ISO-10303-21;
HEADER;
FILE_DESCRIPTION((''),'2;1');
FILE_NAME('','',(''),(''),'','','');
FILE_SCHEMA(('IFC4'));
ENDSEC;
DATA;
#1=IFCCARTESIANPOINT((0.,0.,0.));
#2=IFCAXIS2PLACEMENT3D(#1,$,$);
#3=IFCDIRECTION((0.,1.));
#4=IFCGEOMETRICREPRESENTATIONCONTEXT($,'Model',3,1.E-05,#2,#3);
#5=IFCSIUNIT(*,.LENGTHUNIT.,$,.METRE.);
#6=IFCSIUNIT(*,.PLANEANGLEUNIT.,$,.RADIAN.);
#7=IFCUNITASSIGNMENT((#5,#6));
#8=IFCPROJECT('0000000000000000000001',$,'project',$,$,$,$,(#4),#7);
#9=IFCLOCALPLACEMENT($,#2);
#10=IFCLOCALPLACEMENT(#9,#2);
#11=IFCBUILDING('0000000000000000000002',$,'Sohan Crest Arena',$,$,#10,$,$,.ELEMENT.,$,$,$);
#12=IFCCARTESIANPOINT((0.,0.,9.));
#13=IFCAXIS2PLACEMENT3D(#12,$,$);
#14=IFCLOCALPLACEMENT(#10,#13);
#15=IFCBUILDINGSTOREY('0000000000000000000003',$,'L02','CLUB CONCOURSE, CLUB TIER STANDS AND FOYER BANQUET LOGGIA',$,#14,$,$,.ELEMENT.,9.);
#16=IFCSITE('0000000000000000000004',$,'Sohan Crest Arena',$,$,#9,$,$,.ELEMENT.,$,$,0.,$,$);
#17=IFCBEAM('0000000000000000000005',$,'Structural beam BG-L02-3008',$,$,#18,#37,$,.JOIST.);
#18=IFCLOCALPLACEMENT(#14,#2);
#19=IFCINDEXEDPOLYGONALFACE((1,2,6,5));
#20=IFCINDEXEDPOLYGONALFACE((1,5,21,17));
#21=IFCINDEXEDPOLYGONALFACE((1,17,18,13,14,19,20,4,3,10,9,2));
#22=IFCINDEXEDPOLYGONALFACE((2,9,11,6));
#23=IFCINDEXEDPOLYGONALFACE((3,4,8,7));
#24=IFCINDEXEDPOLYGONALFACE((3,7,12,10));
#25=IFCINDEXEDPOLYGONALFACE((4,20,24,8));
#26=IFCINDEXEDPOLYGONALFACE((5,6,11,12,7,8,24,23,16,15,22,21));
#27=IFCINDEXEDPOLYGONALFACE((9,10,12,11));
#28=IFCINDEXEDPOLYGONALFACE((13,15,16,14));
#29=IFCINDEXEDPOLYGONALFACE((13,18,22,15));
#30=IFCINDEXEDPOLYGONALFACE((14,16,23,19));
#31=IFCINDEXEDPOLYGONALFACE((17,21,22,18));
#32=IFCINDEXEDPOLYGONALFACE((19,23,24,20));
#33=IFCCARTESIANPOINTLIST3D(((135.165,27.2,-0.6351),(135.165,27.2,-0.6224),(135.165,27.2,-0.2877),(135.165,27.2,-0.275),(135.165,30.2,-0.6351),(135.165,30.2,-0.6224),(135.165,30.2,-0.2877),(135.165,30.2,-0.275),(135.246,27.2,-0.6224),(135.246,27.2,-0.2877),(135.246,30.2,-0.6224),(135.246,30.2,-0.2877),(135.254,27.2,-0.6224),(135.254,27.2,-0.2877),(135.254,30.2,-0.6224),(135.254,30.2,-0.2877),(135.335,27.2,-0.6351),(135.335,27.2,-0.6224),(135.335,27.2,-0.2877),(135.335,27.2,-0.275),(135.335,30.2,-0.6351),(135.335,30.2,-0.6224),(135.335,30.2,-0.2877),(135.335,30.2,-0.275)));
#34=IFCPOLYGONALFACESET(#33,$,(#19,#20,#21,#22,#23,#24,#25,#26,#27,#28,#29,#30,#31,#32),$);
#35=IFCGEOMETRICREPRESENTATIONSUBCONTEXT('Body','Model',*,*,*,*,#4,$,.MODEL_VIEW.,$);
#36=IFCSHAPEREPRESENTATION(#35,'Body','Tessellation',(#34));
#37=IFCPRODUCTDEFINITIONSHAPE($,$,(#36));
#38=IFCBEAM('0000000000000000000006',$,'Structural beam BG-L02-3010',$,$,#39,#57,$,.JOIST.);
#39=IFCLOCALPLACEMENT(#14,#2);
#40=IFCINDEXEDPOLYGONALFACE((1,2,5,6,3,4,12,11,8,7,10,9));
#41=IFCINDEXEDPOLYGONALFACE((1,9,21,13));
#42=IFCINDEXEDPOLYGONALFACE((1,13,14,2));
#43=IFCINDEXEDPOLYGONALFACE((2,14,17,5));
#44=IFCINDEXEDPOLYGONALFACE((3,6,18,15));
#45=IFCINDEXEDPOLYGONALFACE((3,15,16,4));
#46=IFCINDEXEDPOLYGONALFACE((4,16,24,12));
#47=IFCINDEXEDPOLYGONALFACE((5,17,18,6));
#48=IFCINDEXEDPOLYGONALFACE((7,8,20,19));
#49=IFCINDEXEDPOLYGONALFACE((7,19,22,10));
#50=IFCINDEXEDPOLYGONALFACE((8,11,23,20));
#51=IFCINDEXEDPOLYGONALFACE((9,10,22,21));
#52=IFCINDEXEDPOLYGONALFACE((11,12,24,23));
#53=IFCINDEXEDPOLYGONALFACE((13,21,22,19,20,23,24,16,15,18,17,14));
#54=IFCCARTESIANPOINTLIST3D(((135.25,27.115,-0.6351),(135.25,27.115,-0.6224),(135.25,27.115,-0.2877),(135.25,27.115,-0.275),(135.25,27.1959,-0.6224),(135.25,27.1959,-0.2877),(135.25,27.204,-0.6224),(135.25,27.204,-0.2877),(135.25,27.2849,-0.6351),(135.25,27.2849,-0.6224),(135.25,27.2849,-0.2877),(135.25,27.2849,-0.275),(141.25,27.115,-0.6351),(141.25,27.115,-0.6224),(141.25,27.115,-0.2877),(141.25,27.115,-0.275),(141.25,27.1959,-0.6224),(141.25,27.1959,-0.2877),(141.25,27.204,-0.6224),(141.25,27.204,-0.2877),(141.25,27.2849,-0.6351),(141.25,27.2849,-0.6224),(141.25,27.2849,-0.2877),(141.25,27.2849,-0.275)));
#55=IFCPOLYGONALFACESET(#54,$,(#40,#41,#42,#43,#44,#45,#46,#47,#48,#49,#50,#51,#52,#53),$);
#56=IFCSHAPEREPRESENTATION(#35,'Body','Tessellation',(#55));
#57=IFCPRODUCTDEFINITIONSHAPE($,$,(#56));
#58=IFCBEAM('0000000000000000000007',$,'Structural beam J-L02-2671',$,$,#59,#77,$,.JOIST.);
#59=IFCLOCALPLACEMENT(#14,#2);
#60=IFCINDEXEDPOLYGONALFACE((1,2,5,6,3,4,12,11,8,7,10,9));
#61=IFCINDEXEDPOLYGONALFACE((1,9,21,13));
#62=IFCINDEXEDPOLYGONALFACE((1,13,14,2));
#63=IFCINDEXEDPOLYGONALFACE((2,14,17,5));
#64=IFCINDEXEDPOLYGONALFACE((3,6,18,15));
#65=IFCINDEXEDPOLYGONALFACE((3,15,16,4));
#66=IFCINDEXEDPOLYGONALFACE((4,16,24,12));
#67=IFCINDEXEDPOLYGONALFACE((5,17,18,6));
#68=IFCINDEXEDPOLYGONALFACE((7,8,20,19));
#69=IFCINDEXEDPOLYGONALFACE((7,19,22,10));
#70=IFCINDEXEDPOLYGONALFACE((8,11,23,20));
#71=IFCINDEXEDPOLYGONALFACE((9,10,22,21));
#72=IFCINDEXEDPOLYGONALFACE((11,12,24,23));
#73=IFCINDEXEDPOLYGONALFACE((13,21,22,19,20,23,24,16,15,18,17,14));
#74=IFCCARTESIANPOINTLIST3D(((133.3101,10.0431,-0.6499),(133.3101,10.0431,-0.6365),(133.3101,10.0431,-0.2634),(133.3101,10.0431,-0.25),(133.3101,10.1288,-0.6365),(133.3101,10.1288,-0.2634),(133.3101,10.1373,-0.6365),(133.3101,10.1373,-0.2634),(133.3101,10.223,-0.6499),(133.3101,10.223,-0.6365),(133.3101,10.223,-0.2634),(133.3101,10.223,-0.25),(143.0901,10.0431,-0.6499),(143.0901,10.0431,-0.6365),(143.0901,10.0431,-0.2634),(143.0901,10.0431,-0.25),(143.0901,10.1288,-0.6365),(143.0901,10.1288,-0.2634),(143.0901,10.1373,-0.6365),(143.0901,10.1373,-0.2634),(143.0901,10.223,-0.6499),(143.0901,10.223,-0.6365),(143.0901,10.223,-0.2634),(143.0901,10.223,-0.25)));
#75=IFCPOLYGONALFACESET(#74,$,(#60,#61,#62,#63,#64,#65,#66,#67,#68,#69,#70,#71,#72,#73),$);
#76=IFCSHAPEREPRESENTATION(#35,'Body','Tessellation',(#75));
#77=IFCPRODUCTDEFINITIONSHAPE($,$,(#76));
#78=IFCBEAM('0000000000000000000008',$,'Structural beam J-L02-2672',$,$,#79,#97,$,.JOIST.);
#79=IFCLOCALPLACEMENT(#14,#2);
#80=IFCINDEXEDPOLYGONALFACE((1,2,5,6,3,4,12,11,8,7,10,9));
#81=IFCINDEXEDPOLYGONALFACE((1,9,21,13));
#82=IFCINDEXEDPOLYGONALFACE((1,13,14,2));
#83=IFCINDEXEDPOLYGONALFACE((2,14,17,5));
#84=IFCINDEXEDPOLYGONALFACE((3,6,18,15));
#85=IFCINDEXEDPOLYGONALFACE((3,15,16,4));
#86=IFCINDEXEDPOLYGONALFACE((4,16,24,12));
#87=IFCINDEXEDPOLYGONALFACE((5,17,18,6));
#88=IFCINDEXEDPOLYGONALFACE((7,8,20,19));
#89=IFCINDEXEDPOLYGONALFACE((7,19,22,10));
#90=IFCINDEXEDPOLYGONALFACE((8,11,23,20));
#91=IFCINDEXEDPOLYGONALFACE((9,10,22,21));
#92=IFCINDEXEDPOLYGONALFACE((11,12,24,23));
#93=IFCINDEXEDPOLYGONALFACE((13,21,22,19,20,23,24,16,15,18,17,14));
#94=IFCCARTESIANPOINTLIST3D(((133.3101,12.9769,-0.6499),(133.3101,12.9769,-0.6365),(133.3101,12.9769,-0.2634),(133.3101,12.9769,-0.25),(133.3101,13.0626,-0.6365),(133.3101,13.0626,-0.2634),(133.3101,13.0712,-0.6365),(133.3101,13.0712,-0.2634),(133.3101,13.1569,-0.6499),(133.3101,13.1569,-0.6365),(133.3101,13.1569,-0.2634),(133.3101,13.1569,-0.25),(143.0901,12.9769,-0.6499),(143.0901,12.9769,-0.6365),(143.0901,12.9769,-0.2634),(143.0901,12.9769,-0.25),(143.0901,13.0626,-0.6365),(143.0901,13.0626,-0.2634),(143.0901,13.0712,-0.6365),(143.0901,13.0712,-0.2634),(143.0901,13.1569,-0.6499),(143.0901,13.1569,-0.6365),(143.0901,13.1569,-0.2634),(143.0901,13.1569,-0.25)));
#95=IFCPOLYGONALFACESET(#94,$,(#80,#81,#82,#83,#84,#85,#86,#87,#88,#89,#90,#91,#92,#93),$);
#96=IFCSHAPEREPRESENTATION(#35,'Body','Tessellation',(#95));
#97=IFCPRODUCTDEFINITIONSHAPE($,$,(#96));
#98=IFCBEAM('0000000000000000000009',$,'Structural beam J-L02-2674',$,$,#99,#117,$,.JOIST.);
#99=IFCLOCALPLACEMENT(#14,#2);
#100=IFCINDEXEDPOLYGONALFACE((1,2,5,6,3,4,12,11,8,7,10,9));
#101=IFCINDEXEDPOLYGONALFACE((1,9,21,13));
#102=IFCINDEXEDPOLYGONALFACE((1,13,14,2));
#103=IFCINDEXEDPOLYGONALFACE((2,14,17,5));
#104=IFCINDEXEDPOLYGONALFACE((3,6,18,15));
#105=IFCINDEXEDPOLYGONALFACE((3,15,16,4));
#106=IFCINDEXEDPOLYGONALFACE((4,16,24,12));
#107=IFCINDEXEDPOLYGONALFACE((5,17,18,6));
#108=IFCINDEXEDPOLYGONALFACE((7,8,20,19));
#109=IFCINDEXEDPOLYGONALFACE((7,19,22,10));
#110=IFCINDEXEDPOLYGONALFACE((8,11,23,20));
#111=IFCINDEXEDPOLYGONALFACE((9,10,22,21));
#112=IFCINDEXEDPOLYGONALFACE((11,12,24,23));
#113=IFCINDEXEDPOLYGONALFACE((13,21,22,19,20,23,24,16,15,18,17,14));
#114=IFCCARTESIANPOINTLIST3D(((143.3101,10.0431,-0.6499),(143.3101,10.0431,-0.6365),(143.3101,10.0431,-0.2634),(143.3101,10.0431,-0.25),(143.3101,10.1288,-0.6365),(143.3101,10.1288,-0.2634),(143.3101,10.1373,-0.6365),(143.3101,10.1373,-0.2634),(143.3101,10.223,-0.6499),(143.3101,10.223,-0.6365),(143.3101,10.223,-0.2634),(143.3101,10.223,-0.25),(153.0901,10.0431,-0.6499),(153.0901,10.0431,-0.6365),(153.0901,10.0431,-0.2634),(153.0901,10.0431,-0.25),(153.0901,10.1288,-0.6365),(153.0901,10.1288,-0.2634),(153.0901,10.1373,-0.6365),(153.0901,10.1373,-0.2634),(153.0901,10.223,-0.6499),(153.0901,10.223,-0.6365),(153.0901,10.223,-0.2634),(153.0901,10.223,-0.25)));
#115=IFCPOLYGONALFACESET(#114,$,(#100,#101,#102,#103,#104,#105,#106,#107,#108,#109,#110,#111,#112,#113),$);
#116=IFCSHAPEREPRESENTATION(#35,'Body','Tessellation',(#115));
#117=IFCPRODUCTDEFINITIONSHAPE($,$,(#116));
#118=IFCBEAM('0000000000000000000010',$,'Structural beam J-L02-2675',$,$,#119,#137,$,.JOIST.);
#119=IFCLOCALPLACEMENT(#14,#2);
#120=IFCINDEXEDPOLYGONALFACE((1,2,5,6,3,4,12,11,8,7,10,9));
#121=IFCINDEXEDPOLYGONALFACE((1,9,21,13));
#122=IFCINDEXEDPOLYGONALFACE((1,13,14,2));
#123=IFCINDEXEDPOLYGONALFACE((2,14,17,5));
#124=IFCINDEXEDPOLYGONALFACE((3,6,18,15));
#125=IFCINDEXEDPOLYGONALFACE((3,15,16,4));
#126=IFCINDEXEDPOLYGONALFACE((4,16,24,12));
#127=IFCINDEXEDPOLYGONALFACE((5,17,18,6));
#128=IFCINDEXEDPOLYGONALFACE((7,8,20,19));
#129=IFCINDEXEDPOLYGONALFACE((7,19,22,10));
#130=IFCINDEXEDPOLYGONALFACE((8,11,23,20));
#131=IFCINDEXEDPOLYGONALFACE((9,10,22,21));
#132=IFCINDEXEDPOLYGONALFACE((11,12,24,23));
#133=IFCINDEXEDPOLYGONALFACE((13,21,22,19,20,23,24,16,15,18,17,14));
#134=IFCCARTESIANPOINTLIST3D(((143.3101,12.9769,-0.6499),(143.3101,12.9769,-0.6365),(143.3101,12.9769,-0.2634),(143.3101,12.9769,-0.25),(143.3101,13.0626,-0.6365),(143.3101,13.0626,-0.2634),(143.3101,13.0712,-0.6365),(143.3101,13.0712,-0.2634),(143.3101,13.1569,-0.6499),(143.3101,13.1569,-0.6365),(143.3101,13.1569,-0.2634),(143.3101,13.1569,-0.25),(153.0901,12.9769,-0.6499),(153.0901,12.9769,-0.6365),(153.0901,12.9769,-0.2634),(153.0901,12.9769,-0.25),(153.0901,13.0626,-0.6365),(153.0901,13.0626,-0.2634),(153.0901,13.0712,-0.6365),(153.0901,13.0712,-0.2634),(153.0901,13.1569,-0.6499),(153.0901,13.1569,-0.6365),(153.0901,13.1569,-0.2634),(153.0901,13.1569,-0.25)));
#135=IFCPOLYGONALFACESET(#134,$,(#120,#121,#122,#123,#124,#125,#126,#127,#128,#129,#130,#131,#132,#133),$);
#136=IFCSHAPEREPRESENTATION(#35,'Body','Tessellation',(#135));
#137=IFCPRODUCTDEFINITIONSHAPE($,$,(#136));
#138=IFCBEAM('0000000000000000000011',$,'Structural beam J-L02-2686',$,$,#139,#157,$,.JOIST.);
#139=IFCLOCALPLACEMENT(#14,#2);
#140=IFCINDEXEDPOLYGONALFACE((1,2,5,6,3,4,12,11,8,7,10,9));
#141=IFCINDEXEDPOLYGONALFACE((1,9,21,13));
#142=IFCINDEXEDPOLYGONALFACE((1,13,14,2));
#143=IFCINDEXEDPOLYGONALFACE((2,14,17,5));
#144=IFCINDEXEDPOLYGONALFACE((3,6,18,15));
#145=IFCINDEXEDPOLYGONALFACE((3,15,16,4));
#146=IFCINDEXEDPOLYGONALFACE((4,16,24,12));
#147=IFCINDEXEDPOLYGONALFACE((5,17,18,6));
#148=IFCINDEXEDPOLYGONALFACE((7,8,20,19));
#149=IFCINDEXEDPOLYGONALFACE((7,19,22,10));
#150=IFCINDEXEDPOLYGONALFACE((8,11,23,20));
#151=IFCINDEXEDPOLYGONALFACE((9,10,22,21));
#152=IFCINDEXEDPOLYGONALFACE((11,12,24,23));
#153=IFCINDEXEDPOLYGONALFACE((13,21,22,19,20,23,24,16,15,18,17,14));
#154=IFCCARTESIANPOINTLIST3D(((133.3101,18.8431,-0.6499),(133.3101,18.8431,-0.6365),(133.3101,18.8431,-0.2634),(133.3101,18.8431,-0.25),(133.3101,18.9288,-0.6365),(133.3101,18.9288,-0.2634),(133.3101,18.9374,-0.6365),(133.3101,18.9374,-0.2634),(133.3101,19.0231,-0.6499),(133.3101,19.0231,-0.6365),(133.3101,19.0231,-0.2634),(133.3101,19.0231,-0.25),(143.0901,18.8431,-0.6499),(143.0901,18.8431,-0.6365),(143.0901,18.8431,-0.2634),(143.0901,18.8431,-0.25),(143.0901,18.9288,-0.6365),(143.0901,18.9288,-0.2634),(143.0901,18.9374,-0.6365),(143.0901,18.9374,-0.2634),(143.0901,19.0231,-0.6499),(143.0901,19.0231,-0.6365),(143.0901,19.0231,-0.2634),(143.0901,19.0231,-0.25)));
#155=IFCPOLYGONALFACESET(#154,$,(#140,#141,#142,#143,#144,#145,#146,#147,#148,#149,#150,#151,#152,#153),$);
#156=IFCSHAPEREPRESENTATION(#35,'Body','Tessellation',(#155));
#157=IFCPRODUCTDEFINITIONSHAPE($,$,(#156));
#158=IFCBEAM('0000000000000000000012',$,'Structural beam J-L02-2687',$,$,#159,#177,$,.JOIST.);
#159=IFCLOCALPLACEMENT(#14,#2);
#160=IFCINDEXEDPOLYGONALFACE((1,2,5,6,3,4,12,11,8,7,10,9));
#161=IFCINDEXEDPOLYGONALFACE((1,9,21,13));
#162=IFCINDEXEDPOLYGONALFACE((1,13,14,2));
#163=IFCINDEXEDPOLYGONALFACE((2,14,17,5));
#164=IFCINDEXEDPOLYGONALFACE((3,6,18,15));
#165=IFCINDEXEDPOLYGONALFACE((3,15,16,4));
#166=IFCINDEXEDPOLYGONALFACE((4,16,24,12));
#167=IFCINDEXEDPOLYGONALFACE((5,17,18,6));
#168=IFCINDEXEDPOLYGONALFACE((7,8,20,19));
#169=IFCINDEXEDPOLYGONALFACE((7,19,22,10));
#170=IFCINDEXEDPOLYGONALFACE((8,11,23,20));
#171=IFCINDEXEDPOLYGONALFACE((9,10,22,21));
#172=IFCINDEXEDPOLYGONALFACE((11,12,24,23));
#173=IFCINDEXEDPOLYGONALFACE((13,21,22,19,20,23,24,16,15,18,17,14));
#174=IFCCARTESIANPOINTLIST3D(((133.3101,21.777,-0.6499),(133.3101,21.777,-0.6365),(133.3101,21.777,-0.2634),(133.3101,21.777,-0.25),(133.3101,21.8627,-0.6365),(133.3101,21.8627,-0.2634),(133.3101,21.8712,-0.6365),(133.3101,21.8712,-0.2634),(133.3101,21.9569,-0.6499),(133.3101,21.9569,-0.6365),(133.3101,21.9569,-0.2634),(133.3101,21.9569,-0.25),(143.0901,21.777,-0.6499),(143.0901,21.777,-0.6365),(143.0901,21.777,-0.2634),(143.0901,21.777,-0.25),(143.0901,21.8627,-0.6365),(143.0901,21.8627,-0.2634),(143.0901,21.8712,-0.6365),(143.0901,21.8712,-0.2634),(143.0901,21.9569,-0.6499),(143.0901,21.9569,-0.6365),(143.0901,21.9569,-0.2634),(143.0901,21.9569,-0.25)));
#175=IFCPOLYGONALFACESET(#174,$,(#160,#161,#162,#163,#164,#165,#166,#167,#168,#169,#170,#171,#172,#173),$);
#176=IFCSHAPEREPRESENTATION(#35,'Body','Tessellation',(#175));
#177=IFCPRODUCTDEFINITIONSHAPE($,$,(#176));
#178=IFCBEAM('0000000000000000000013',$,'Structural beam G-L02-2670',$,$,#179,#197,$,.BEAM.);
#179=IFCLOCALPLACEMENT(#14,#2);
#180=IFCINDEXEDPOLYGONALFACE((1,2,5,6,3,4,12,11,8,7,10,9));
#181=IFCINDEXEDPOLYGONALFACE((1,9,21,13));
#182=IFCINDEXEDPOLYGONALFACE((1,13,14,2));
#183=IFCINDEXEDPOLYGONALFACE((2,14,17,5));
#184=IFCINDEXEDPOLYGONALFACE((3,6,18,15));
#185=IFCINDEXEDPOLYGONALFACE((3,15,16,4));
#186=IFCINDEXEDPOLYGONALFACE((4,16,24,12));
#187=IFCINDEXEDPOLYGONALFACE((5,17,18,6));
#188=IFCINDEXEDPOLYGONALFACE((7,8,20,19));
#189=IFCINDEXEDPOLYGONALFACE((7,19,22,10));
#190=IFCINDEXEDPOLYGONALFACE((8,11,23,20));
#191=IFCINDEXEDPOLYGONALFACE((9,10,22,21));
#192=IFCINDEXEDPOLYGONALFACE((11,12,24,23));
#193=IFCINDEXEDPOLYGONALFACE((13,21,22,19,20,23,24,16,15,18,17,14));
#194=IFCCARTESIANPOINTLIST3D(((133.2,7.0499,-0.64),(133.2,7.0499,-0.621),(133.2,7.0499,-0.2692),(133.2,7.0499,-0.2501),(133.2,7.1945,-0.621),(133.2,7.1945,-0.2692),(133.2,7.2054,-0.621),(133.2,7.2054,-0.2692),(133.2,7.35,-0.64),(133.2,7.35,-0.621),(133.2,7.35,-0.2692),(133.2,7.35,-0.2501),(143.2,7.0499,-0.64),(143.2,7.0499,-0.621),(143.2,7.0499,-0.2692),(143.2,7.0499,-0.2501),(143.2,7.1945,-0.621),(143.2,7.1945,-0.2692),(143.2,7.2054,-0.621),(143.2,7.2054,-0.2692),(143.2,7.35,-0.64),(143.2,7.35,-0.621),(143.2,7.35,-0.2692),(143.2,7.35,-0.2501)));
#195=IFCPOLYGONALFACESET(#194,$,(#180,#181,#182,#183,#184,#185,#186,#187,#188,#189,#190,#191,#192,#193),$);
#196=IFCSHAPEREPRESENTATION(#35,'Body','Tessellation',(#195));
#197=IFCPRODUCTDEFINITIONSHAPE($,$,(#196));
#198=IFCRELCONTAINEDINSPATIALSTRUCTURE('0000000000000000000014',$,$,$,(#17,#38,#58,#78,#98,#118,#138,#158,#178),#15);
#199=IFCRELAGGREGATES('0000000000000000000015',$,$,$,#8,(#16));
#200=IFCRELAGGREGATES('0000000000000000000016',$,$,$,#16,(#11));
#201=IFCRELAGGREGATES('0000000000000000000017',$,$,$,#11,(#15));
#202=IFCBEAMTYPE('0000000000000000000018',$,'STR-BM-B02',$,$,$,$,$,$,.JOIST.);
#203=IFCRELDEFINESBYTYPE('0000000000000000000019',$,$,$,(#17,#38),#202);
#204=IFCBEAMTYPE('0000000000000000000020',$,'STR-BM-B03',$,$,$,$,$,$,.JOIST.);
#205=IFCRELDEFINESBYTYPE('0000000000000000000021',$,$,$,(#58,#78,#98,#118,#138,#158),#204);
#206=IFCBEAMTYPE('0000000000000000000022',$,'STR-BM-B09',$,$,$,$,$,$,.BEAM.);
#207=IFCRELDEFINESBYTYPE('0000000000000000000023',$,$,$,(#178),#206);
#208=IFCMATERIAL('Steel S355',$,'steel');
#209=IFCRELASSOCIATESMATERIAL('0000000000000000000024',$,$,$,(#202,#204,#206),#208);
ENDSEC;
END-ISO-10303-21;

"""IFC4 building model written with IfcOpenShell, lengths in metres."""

from ifc_helpers import new_model, si_unit, direction, frame, origin, origin_2d, place, context, subcontext, project, spatial, i_section, extrude, material, material_profile, profile_set, type_object, element, save


model = new_model("IFC4")

# Units and contexts
model_context = context("Model", 3, precision=1e-05, world=origin(), true_north=direction((0.0, 1.0)))
body_context = subcontext(model_context, "Body", "Model", "MODEL_VIEW")
ifc_project = project(units=[si_unit("LENGTHUNIT", "METRE"), si_unit("PLANEANGLEUNIT", "RADIAN")], contexts=[model_context])

# Site, building, storey
site_placement = place(None, origin())
site = spatial("IfcSite", under=ifc_project, at=site_placement, Name="Sohan Crest Arena", CompositionType="ELEMENT", RefElevation=0.0)
building_placement = place(site_placement, origin())
building = spatial("IfcBuilding", under=site, at=building_placement, Name="Sohan Crest Arena", CompositionType="ELEMENT")
storey_placement = place(building_placement, frame((0.0, 0.0, 9.0)))
storey = spatial("IfcBuildingStorey", under=building, at=storey_placement, Name="L02", Description="CLUB CONCOURSE, CLUB TIER STANDS AND FOYER BANQUET LOGGIA", CompositionType="ELEMENT", Elevation=9.0)

# Shared definitions
ifc_material_1 = material(Name="Steel S355", Category="steel")

# Beams
ifc_material_profile_1 = material_profile(ifc_material_1, i_section(OverallWidth=0.1699, OverallDepth=0.3601, WebThickness=0.0081, FlangeThickness=0.0127, at=origin_2d()), Name="IPE 360")
ifc_profile_set_1 = profile_set([ifc_material_profile_1], Name="Steel S355")
beam_type_1 = type_object("IfcBeamType", Name="STR-BM-B02", PredefinedType="JOIST", material=ifc_profile_set_1)
beam_1_placement = place(storey_placement, frame((135.25, 27.2, -0.4551), z_axis=(0.0, 1.0, 0.0), x_axis=(-1.0, 0.0, 0.0)))
element("IfcBeam", 1, at=beam_1_placement, inside=storey, type_object=beam_type_1, Name="Structural beam BG-L02-3008", PredefinedType="JOIST", context=body_context, shape_type="SweptSolid", body=[
    extrude(i_section(OverallWidth=0.1699, OverallDepth=0.3601, WebThickness=0.0081, FlangeThickness=0.0127, at=origin_2d()), origin(), (0.0, 0.0, 1.0), 3.0),
])
beam_2_placement = place(storey_placement, frame((135.25, 27.2, -0.4551), z_axis=(1.0, 0.0, 0.0), x_axis=(0.0, 1.0, 0.0)))
element("IfcBeam", 2, at=beam_2_placement, inside=storey, type_object=beam_type_1, Name="Structural beam BG-L02-3010", PredefinedType="JOIST", context=body_context, shape_type="SweptSolid", body=[
    extrude(i_section(OverallWidth=0.1699, OverallDepth=0.3601, WebThickness=0.0081, FlangeThickness=0.0127, at=origin_2d()), origin(), (0.0, 0.0, 1.0), 6.0),
])
ifc_material_profile_2 = material_profile(ifc_material_1, i_section(OverallWidth=0.1799, OverallDepth=0.3999, WebThickness=0.0085, FlangeThickness=0.0134, at=origin_2d()), Name="IPE 400")
ifc_profile_set_2 = profile_set([ifc_material_profile_2], Name="Steel S355")
beam_type_2 = type_object("IfcBeamType", Name="STR-BM-B03", PredefinedType="JOIST", material=ifc_profile_set_2)
for number, where, z_axis, x_axis, name in (
    (3, (133.3101, 10.1331, -0.45), (1.0, 0.0, 0.0), (0.0, 1.0, 0.0), "Structural beam J-L02-2671"),
    (4, (133.3101, 13.0669, -0.45), (1.0, 0.0, 0.0), (0.0, 1.0, 0.0), "Structural beam J-L02-2672"),
    (5, (143.3101, 10.1331, -0.45), (1.0, 0.0, 0.0), (0.0, 1.0, 0.0), "Structural beam J-L02-2674"),
    (6, (143.3101, 13.0669, -0.45), (1.0, 0.0, 0.0), (0.0, 1.0, 0.0), "Structural beam J-L02-2675"),
    (7, (133.3101, 18.9331, -0.45), (1.0, 0.0, 0.0), (0.0, 1.0, 0.0), "Structural beam J-L02-2686"),
    (8, (133.3101, 21.8669, -0.45), (1.0, 0.0, 0.0), (0.0, 1.0, 0.0), "Structural beam J-L02-2687"),
):
    element("IfcBeam", number, at=place(storey_placement, frame(where, z_axis=z_axis, x_axis=x_axis)), inside=storey, type_object=beam_type_2, Name=name, PredefinedType="JOIST", context=body_context, shape_type="SweptSolid", body=[
        extrude(i_section(OverallWidth=0.1799, OverallDepth=0.3999, WebThickness=0.0085, FlangeThickness=0.0134, at=origin_2d()), origin(), (0.0, 0.0, 1.0), 9.78),
    ])
ifc_material_profile_3 = material_profile(ifc_material_1, i_section(OverallWidth=0.3, OverallDepth=0.3899, WebThickness=0.011, FlangeThickness=0.019, at=origin_2d()), Name="HEA 400")
ifc_profile_set_3 = profile_set([ifc_material_profile_3], Name="Steel S355")
beam_type_3 = type_object("IfcBeamType", Name="STR-BM-B09", PredefinedType="BEAM", material=ifc_profile_set_3)
for number, where, z_axis, x_axis, name in (
    (9, (133.2, 7.2, -0.4451), (1.0, 0.0, 0.0), (0.0, 1.0, 0.0), "Structural beam G-L02-2670"),
):
    element("IfcBeam", number, at=place(storey_placement, frame(where, z_axis=z_axis, x_axis=x_axis)), inside=storey, type_object=beam_type_3, Name=name, PredefinedType="BEAM", context=body_context, shape_type="SweptSolid", body=[
        extrude(i_section(OverallWidth=0.3, OverallDepth=0.3899, WebThickness=0.011, FlangeThickness=0.019, at=origin_2d()), origin(), (0.0, 0.0, 1.0), 10.0),
    ])

save(model, "model.ifc")
